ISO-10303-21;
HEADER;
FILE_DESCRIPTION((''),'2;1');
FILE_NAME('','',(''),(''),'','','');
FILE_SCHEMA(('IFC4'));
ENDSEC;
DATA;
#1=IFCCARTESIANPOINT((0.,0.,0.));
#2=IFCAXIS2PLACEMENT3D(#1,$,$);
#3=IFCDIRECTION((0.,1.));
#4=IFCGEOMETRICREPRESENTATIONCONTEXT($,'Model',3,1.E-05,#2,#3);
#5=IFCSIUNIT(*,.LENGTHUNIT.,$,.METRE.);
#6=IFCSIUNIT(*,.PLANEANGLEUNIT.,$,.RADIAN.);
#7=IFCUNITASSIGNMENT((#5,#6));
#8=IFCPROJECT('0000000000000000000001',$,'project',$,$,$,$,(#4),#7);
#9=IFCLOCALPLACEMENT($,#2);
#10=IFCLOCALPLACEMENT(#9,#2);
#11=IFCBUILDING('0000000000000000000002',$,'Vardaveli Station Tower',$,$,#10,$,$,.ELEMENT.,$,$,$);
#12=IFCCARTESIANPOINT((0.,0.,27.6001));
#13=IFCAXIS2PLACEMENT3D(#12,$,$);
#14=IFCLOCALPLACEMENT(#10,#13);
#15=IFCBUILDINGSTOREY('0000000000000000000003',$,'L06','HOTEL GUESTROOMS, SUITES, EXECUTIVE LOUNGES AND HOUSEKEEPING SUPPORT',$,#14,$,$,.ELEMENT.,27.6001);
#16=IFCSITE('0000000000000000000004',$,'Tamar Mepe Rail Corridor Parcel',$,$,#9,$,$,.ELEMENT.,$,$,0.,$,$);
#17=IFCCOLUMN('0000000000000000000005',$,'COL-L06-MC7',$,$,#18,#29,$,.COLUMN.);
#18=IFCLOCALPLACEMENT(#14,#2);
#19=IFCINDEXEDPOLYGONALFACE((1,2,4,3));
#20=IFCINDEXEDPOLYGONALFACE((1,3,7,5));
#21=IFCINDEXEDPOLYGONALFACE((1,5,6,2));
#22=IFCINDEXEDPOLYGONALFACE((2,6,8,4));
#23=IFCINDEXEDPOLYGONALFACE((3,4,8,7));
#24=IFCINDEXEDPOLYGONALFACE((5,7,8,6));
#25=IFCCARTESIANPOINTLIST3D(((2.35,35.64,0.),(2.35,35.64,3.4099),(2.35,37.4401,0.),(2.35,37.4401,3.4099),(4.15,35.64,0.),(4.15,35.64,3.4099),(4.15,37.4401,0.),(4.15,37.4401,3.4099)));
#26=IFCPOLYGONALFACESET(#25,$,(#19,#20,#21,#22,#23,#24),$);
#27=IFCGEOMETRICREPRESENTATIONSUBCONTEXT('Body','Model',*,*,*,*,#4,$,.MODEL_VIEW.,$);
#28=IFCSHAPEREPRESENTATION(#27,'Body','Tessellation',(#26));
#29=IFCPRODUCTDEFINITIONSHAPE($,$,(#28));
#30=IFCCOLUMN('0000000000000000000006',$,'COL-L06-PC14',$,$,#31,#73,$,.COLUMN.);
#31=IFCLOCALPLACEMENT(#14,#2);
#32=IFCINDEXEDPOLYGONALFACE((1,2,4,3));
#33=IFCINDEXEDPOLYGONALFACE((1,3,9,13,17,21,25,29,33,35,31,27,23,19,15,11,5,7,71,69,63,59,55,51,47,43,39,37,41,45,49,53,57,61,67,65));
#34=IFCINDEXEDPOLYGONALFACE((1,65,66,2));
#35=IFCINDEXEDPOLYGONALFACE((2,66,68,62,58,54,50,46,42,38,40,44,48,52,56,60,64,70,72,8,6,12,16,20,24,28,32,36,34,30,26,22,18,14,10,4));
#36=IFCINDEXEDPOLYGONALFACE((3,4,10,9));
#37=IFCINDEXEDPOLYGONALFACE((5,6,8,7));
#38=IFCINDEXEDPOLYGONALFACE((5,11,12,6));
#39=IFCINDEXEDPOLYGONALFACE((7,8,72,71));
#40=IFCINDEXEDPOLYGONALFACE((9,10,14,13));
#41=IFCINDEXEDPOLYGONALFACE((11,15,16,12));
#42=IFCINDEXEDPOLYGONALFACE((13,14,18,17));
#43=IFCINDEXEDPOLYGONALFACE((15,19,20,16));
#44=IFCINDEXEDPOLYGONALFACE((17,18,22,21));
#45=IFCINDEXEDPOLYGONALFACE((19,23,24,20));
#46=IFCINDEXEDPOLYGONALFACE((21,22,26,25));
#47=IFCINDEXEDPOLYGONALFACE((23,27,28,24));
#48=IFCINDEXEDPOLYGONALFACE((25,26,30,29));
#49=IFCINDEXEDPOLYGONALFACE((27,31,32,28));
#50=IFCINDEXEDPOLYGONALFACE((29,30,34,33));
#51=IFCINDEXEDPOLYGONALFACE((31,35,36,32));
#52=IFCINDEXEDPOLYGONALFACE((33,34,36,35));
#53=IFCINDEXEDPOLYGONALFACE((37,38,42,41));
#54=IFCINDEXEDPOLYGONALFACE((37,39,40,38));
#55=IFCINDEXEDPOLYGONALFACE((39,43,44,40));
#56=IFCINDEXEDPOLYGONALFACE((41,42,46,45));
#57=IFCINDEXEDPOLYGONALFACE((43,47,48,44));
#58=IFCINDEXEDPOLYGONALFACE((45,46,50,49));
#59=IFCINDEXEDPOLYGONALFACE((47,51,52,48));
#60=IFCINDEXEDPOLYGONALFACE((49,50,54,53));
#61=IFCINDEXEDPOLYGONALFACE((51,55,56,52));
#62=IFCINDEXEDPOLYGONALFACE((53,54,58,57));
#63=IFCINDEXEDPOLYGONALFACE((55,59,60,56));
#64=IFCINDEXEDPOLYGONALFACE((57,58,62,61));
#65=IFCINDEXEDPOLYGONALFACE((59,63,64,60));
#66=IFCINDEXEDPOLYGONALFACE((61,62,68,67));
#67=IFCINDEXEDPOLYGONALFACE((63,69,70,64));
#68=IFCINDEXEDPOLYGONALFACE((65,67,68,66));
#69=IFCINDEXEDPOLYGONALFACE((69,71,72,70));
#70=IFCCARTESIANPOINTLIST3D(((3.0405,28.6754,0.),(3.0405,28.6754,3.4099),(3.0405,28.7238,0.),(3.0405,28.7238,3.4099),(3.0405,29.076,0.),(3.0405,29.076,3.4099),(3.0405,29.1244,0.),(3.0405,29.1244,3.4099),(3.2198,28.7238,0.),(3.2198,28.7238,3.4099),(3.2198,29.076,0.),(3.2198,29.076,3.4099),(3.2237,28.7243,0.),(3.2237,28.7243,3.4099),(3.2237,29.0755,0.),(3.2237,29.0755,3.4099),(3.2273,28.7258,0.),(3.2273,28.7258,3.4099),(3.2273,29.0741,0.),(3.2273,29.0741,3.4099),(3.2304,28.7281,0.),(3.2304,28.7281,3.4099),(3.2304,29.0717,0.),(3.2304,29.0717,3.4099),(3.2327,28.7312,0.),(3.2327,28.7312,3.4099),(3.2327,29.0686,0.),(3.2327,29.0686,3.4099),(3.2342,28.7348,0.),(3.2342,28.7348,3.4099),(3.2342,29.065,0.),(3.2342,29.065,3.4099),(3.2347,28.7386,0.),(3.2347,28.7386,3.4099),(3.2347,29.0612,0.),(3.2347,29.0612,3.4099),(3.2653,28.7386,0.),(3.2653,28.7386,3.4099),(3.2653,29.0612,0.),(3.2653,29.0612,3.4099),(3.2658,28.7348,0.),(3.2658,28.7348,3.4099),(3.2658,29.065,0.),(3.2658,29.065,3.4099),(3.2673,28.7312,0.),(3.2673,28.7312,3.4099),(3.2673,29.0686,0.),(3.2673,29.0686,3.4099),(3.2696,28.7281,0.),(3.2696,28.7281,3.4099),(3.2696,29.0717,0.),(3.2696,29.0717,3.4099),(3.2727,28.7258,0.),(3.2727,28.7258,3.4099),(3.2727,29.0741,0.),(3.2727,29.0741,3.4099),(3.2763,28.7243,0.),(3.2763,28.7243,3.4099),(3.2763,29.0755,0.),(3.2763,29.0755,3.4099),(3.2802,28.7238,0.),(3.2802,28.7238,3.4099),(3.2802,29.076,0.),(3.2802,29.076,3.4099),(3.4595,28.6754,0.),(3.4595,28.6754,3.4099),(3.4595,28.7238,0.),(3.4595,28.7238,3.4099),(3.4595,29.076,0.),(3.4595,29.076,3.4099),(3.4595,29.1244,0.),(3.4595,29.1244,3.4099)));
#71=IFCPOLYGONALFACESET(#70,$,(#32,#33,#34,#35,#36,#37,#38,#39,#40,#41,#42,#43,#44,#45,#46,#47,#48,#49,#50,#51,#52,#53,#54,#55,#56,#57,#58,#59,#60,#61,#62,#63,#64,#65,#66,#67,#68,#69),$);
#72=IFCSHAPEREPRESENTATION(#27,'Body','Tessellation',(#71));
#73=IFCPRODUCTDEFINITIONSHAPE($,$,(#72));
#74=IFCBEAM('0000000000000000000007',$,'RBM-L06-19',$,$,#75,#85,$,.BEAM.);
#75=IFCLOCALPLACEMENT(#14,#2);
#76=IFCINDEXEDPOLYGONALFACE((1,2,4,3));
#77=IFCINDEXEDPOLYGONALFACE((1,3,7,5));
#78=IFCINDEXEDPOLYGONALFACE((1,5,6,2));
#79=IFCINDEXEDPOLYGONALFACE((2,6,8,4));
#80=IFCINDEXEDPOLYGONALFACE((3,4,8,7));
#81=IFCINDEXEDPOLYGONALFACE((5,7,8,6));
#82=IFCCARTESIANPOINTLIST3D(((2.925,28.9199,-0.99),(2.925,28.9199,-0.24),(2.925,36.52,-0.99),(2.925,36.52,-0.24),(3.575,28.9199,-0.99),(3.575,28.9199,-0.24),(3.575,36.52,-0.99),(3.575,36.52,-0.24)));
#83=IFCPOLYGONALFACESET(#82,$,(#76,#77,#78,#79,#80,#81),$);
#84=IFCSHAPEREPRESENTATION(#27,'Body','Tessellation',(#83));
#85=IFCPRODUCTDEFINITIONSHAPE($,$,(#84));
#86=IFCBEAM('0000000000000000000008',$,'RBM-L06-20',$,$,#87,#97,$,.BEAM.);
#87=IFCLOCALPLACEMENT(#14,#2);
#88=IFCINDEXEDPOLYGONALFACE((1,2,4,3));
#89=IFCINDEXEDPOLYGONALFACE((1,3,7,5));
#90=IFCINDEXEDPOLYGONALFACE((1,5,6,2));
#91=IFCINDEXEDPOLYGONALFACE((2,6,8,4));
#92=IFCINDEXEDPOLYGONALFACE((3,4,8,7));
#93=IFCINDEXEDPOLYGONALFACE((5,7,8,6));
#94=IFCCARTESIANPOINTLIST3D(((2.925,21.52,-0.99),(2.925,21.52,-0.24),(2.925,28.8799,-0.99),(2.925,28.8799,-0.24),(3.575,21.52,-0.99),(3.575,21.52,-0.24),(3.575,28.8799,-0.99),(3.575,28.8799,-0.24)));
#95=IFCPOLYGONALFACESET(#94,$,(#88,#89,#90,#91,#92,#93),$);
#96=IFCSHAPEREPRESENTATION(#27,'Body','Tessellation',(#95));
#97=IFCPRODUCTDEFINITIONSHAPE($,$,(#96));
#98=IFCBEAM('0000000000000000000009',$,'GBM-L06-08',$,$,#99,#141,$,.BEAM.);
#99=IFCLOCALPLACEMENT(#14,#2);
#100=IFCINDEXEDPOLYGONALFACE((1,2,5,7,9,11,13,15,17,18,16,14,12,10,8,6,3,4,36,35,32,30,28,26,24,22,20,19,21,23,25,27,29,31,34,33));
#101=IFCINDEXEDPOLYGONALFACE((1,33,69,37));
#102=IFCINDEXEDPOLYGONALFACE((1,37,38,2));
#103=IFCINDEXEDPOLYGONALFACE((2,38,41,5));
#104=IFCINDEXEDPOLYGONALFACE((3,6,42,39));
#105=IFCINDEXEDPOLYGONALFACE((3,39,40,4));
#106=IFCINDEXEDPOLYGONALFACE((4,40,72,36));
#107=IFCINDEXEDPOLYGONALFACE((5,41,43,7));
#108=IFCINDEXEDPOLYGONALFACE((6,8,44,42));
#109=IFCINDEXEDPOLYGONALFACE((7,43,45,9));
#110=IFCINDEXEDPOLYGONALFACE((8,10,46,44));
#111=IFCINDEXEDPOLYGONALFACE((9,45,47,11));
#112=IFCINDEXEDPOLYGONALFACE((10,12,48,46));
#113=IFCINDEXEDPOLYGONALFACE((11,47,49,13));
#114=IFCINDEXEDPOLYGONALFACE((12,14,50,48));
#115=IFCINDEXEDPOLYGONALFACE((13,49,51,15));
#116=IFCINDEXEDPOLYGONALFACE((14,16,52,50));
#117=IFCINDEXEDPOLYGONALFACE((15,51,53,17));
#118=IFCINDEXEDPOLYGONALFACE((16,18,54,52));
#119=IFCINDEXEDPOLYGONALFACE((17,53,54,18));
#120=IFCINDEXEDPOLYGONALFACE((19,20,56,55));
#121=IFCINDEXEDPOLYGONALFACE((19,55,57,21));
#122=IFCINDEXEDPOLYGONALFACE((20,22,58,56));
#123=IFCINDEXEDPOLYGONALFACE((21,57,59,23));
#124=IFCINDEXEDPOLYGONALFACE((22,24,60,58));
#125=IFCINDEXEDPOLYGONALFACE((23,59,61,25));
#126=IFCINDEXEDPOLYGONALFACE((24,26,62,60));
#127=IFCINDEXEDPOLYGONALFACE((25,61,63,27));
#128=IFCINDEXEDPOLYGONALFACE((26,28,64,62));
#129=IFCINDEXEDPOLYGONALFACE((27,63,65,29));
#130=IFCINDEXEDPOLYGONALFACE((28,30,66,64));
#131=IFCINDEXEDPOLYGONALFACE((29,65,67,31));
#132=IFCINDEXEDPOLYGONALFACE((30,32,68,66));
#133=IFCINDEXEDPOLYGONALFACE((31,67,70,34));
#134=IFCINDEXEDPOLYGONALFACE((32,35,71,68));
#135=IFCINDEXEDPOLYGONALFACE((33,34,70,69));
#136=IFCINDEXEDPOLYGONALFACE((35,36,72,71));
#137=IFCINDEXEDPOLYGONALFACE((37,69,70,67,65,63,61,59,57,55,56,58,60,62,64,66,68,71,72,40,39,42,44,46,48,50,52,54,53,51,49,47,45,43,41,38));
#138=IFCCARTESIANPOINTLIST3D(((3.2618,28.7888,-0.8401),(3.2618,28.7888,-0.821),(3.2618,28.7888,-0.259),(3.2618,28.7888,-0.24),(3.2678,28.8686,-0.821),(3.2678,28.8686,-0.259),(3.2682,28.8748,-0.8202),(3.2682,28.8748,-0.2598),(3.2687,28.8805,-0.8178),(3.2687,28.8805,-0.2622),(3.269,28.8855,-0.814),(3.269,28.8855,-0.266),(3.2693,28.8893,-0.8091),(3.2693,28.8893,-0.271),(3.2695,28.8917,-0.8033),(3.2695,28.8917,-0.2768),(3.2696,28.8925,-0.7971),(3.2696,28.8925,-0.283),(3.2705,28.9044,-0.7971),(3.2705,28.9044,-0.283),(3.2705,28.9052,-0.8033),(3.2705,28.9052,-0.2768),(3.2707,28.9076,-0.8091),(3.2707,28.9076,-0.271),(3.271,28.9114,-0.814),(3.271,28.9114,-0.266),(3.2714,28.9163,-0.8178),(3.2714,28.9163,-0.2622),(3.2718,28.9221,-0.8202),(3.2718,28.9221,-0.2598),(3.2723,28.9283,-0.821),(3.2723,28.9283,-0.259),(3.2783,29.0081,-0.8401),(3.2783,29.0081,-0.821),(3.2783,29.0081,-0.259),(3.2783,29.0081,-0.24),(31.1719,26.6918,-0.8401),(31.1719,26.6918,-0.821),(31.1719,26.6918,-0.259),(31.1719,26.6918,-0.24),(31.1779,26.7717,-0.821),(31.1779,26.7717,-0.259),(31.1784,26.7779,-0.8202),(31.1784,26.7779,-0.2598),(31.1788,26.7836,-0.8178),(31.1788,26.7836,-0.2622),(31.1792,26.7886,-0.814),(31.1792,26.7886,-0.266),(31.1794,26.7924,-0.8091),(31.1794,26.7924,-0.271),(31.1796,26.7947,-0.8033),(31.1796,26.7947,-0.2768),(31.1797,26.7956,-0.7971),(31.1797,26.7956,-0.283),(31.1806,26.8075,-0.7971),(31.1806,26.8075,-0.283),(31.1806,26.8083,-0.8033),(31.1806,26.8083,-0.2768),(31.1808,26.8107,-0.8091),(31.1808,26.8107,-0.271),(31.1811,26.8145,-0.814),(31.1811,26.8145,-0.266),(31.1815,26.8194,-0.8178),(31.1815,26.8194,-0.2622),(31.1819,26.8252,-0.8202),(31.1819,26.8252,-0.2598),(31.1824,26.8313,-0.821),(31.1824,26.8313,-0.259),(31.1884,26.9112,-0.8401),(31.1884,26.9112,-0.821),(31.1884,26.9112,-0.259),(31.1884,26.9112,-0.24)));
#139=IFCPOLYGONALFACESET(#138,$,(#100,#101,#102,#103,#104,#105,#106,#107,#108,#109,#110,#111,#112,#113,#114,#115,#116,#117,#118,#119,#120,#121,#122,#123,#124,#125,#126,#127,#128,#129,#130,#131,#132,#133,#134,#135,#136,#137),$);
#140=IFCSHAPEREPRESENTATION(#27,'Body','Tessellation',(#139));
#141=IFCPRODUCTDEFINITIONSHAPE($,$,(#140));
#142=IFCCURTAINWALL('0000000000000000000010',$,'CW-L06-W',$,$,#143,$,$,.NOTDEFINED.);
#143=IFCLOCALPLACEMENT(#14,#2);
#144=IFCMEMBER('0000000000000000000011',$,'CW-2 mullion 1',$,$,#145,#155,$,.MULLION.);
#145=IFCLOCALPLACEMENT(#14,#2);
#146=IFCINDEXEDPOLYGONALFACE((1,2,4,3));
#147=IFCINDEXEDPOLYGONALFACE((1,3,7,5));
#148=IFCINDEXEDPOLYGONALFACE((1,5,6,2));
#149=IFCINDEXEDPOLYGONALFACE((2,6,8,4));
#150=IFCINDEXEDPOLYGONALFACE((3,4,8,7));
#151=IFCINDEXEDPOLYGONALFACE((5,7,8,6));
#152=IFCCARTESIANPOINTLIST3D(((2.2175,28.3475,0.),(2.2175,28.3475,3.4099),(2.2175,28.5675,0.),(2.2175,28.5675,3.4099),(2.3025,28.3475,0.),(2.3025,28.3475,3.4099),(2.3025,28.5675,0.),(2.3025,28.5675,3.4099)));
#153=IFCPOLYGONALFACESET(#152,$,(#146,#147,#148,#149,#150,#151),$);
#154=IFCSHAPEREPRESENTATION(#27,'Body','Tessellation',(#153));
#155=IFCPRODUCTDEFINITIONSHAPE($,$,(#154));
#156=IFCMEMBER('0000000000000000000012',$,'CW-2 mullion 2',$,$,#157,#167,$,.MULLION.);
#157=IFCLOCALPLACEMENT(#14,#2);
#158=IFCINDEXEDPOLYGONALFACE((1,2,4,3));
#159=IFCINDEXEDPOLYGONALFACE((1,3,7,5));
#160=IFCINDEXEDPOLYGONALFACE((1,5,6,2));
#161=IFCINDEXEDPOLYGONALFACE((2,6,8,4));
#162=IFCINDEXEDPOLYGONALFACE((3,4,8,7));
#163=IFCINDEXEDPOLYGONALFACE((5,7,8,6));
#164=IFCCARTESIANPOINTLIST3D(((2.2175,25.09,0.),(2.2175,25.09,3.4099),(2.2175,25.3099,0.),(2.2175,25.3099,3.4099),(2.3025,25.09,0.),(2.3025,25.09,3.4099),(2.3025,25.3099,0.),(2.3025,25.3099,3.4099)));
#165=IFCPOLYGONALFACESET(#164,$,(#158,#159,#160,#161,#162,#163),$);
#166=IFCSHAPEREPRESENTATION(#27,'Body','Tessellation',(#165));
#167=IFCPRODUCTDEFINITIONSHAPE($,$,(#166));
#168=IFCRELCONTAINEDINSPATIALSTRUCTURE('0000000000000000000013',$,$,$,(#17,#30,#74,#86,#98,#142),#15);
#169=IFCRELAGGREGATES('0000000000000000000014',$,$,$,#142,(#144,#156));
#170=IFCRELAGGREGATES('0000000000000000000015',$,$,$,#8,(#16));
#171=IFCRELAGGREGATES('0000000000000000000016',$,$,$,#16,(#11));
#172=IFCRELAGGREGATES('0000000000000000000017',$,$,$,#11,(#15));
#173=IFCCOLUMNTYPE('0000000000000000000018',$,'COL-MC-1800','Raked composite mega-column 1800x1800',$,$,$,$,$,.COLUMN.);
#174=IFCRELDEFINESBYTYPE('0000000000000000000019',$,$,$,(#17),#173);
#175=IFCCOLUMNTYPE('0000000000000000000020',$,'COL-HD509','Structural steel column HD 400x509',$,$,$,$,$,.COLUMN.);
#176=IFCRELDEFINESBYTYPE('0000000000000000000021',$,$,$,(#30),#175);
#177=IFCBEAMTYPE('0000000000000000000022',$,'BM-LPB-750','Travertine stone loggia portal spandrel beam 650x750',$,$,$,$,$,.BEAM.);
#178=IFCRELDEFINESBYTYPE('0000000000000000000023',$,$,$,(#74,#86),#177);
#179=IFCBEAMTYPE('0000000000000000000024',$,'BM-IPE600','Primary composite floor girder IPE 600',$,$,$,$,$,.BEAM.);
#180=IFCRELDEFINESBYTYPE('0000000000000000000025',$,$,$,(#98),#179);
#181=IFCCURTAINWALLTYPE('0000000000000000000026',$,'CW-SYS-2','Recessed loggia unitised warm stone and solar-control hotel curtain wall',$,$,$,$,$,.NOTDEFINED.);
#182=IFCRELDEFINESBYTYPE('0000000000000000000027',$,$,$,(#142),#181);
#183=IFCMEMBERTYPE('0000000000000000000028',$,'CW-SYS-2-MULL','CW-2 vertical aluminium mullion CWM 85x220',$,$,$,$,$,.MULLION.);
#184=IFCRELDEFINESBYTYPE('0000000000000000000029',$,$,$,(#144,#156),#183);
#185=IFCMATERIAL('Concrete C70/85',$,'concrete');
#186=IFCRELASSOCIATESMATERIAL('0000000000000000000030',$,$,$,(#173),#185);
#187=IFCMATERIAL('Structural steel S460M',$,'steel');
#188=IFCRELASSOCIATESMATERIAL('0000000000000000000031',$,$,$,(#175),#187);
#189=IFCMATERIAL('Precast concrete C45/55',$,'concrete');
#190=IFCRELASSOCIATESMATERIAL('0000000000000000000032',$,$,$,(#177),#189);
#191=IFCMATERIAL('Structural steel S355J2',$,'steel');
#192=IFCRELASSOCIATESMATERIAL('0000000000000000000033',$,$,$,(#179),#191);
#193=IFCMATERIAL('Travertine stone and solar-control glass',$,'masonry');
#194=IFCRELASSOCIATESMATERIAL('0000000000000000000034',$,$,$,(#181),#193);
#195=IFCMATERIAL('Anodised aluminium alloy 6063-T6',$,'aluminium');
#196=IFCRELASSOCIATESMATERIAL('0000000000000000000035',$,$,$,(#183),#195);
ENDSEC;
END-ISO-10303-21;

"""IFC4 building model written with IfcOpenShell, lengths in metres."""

from ifc_helpers import new_model, si_unit, direction, frame, origin, origin_2d, place, context, subcontext, project, spatial, rectangle, i_section, extrude, source, transform, mapped, material, material_profile, profile_set, type_object, element, aggregate, save


model = new_model("IFC4")

# Units and contexts
model_context = context("Model", 3, precision=1e-05, world=origin(), true_north=direction((0.0, 1.0)))
body_context = subcontext(model_context, "Body", "Model", "MODEL_VIEW")
ifc_project = project(units=[si_unit("LENGTHUNIT", "METRE"), si_unit("PLANEANGLEUNIT", "RADIAN")], contexts=[model_context])

# Site, building, storey
site_placement = place(None, origin())
site = spatial("IfcSite", under=ifc_project, at=site_placement, Name="Tamar Mepe Rail Corridor Parcel", CompositionType="ELEMENT", RefElevation=0.0)
building_placement = place(site_placement, origin())
building = spatial("IfcBuilding", under=site, at=building_placement, Name="Vardaveli Station Tower", CompositionType="ELEMENT")
storey_placement = place(building_placement, frame((0.0, 0.0, 27.6001)))
storey = spatial("IfcBuildingStorey", under=building, at=storey_placement, Name="L06", Description="HOTEL GUESTROOMS, SUITES, EXECUTIVE LOUNGES AND HOUSEKEEPING SUPPORT", CompositionType="ELEMENT", Elevation=27.6001)

# Columns
ifc_material_1 = material(Name="Concrete C70/85", Category="concrete")
ifc_material_profile_1 = material_profile(ifc_material_1, rectangle(XDim=1.8, YDim=1.8, at=origin_2d()), Name="MC 1800x1800")
ifc_profile_set_1 = profile_set([ifc_material_profile_1], Name="Concrete C70/85")
column_type_1 = type_object("IfcColumnType", Name="COL-MC-1800", Description="Raked composite mega-column 1800x1800", PredefinedType="COLUMN", material=ifc_profile_set_1)
shared_shape_1 = source(origin(), body_context, "Body", "SweptSolid", [
    extrude(rectangle(XDim=1.8, YDim=1.8, at=origin_2d()), origin(), (0.0, 0.0, 1.0), 3.4099),
])
column_1_placement = place(storey_placement, frame((3.25, 36.54, 0.0), z_axis=(0.0, 0.0, 1.0), x_axis=(1.0, 0.0, 0.0)))
element("IfcColumn", 1, at=column_1_placement, inside=storey, type_object=column_type_1, Name="COL-L06-MC7", PredefinedType="COLUMN", context=body_context, shape_type="MappedRepresentation", body=[
    mapped(shared_shape_1, transform((0.0, 0.0, 0.0), scale=1.0)),
])
ifc_material_2 = material(Name="Structural steel S460M", Category="steel")
ifc_material_profile_2 = material_profile(ifc_material_2, i_section(OverallWidth=0.4189, OverallDepth=0.449, WebThickness=0.0305, FlangeThickness=0.0483, FilletRadius=0.0149, at=origin_2d()), Name="HD 400x509")
ifc_profile_set_2 = profile_set([ifc_material_profile_2], Name="Structural steel S460M")
column_type_2 = type_object("IfcColumnType", Name="COL-HD509", Description="Structural steel column HD 400x509", PredefinedType="COLUMN", material=ifc_profile_set_2)
shared_shape_2 = source(origin(), body_context, "Body", "SweptSolid", [
    extrude(i_section(OverallWidth=0.4189, OverallDepth=0.449, WebThickness=0.0305, FlangeThickness=0.0483, FilletRadius=0.0149, at=origin_2d()), origin(), (0.0, 0.0, 1.0), 3.4099),
])
column_2_placement = place(storey_placement, frame((3.25, 28.8999, 0.0), z_axis=(0.0, 0.0, 1.0), x_axis=(1.0, 0.0, 0.0)))
element("IfcColumn", 2, at=column_2_placement, inside=storey, type_object=column_type_2, Name="COL-L06-PC14", PredefinedType="COLUMN", context=body_context, shape_type="MappedRepresentation", body=[
    mapped(shared_shape_2, transform((0.0, 0.0, 0.0), scale=1.0)),
])

# Beams
ifc_material_3 = material(Name="Precast concrete C45/55", Category="concrete")
ifc_material_profile_3 = material_profile(ifc_material_3, rectangle(XDim=0.6499, YDim=0.75, at=origin_2d()), Name="LPB 650x750")
ifc_profile_set_3 = profile_set([ifc_material_profile_3], Name="Precast concrete C45/55")
beam_type_1 = type_object("IfcBeamType", Name="BM-LPB-750", Description="Travertine stone loggia portal spandrel beam 650x750", PredefinedType="BEAM", material=ifc_profile_set_3)
shared_shape_3 = source(origin(), body_context, "Body", "SweptSolid", [
    extrude(rectangle(XDim=0.6499, YDim=0.75, at=origin_2d()), origin(), (0.0, 0.0, 1.0), 7.6001),
])
beam_1_placement = place(storey_placement, frame((3.25, 36.52, -0.615), z_axis=(0.0, -1.0, 0.0), x_axis=(1.0, 0.0, 0.0)))
element("IfcBeam", 3, at=beam_1_placement, inside=storey, type_object=beam_type_1, Name="RBM-L06-19", PredefinedType="BEAM", context=body_context, shape_type="MappedRepresentation", body=[
    mapped(shared_shape_3, transform((0.0, 0.0, 0.0), scale=1.0)),
])
shared_shape_4 = source(origin(), body_context, "Body", "SweptSolid", [
    extrude(rectangle(XDim=0.6499, YDim=0.75, at=origin_2d()), origin(), (0.0, 0.0, 1.0), 7.3599),
])
beam_2_placement = place(storey_placement, frame((3.25, 28.8799, -0.615), z_axis=(0.0, -1.0, 0.0), x_axis=(1.0, 0.0, 0.0)))
element("IfcBeam", 4, at=beam_2_placement, inside=storey, type_object=beam_type_1, Name="RBM-L06-20", PredefinedType="BEAM", context=body_context, shape_type="MappedRepresentation", body=[
    mapped(shared_shape_4, transform((0.0, 0.0, 0.0), scale=1.0)),
])
ifc_material_4 = material(Name="Structural steel S355J2", Category="steel")
ifc_material_profile_4 = material_profile(ifc_material_4, i_section(OverallWidth=0.22, OverallDepth=0.6001, WebThickness=0.012, FlangeThickness=0.019, FilletRadius=0.0239, at=origin_2d()), Name="IPE 600")
ifc_profile_set_4 = profile_set([ifc_material_profile_4], Name="Structural steel S355J2")
beam_type_2 = type_object("IfcBeamType", Name="BM-IPE600", Description="Primary composite floor girder IPE 600", PredefinedType="BEAM", material=ifc_profile_set_4)
shared_shape_5 = source(origin(), body_context, "Body", "SweptSolid", [
    extrude(i_section(OverallWidth=0.22, OverallDepth=0.6001, WebThickness=0.012, FlangeThickness=0.019, FilletRadius=0.0239, at=origin_2d()), origin(), (0.0, 0.0, 1.0), 27.9888),
])
beam_3_placement = place(storey_placement, frame((3.27, 28.8984, -0.54), z_axis=(0.99719, -0.07492, 0.0), x_axis=(0.07492, 0.99719, 0.0)))
element("IfcBeam", 5, at=beam_3_placement, inside=storey, type_object=beam_type_2, Name="GBM-L06-08", PredefinedType="BEAM", context=body_context, shape_type="MappedRepresentation", body=[
    mapped(shared_shape_5, transform((0.0, 0.0, 0.0), scale=1.0)),
])

# Curtain wall, members
ifc_material_5 = material(Name="Travertine stone and solar-control glass", Category="masonry")
curtain_wall_type = type_object("IfcCurtainWallType", Name="CW-SYS-2", Description="Recessed loggia unitised warm stone and solar-control hotel curtain wall", PredefinedType="NOTDEFINED", material=ifc_material_5)
curtain_wall_placement = place(storey_placement, origin())
curtain_wall = element("IfcCurtainWall", 6, at=curtain_wall_placement, inside=storey, type_object=curtain_wall_type, Name="CW-L06-W", PredefinedType="NOTDEFINED")
ifc_material_6 = material(Name="Anodised aluminium alloy 6063-T6", Category="aluminium")
ifc_material_profile_5 = material_profile(ifc_material_6, rectangle(XDim=0.085, YDim=0.22, at=origin_2d()), Name="CWM 85x220")
ifc_profile_set_5 = profile_set([ifc_material_profile_5], Name="Anodised aluminium alloy 6063-T6")
member_type_1 = type_object("IfcMemberType", Name="CW-SYS-2-MULL", Description="CW-2 vertical aluminium mullion CWM 85x220", PredefinedType="MULLION", material=ifc_profile_set_5)
shared_shape_6 = source(origin(), body_context, "Body", "SweptSolid", [
    extrude(rectangle(XDim=0.085, YDim=0.22, at=origin_2d()), origin(), (0.0, 0.0, 1.0), 3.4099),
])
member_1_placement = place(storey_placement, frame((2.26, 28.4575, 0.0), z_axis=(0.0, 0.0, 1.0), x_axis=(1.0, 0.0, 0.0)))
member_1 = element("IfcMember", 7, at=member_1_placement, type_object=member_type_1, Name="CW-2 mullion 1", PredefinedType="MULLION", context=body_context, shape_type="MappedRepresentation", body=[
    mapped(shared_shape_6, transform((0.0, 0.0, 0.0), scale=1.0)),
])
member_2_placement = place(storey_placement, frame((2.26, 25.2, 0.0), z_axis=(0.0, 0.0, 1.0), x_axis=(1.0, 0.0, 0.0)))
member_2 = element("IfcMember", 8, at=member_2_placement, type_object=member_type_1, Name="CW-2 mullion 2", PredefinedType="MULLION", context=body_context, shape_type="MappedRepresentation", body=[
    mapped(shared_shape_6, transform((0.0, 0.0, 0.0), scale=1.0)),
])
aggregate(curtain_wall, [member_1, member_2])

save(model, "model.ifc")
